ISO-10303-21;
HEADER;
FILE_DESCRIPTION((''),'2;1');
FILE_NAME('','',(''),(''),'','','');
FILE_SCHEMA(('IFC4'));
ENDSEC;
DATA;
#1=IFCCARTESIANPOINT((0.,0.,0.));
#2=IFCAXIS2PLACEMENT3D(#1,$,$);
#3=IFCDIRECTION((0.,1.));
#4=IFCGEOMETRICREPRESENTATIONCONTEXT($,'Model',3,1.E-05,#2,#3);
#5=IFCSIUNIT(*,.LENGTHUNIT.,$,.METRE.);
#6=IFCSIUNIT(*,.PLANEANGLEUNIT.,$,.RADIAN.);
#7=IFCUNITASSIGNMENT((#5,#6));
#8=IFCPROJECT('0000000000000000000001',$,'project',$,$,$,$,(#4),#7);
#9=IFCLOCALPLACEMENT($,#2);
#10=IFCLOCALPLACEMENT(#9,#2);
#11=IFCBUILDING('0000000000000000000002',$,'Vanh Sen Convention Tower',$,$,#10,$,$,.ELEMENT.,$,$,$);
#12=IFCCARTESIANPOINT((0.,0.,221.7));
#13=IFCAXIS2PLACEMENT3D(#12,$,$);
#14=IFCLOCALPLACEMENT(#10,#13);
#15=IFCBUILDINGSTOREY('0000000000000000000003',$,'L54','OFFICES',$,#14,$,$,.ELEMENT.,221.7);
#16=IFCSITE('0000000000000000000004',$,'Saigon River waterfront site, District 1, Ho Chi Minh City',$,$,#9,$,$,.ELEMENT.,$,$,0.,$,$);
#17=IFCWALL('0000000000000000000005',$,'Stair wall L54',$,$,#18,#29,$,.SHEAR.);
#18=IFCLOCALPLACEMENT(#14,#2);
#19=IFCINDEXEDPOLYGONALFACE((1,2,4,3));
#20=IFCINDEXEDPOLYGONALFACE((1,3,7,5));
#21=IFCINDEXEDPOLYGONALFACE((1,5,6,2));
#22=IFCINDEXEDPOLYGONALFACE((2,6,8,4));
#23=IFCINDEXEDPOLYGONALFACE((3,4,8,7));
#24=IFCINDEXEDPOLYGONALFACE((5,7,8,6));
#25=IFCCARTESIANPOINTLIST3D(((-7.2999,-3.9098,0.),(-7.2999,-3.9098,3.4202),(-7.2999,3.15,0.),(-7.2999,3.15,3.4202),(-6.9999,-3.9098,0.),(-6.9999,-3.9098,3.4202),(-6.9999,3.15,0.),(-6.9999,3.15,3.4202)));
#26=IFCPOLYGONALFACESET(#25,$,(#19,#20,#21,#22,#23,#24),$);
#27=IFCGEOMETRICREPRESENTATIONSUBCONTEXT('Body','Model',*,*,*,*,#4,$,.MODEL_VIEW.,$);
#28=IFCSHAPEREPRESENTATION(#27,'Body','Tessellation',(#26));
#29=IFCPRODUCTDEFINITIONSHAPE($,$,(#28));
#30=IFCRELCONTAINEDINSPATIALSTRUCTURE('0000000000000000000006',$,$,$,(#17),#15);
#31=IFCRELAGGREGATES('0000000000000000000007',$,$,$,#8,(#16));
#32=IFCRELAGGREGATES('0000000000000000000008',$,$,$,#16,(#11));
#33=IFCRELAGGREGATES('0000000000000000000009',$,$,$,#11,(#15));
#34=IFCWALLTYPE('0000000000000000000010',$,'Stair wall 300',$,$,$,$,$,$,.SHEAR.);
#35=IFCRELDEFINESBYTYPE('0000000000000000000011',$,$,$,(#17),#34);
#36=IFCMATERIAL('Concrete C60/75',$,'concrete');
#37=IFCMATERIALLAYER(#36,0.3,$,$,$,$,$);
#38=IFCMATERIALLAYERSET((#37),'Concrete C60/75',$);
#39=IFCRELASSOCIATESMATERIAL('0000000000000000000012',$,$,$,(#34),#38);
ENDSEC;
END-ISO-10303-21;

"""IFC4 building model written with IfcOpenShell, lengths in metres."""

from ifc_helpers import new_model, si_unit, direction, frame, frame_2d, origin, place, context, subcontext, project, spatial, rectangle, extrude, material, layer, layer_set, type_object, element, save


model = new_model("IFC4")

# Units and contexts
model_context = context("Model", 3, precision=1e-05, world=origin(), true_north=direction((0.0, 1.0)))
body_context = subcontext(model_context, "Body", "Model", "MODEL_VIEW")
ifc_project = project(units=[si_unit("LENGTHUNIT", "METRE"), si_unit("PLANEANGLEUNIT", "RADIAN")], contexts=[model_context])

# Site, building, storey
site_placement = place(None, origin())
site = spatial("IfcSite", under=ifc_project, at=site_placement, Name="Saigon River waterfront site, District 1, Ho Chi Minh City", CompositionType="ELEMENT", RefElevation=0.0)
building_placement = place(site_placement, origin())
building = spatial("IfcBuilding", under=site, at=building_placement, Name="Vanh Sen Convention Tower", CompositionType="ELEMENT")
storey_placement = place(building_placement, frame((0.0, 0.0, 221.7)))
storey = spatial("IfcBuildingStorey", under=building, at=storey_placement, Name="L54", Description="OFFICES", CompositionType="ELEMENT", Elevation=221.7)

# Shared definitions
ifc_material_1 = material(Name="Concrete C60/75", Category="concrete")

# Shared definitions
ifc_layer_1 = layer(ifc_material_1, 0.3)
ifc_layer_set_1 = layer_set([ifc_layer_1], Name="Concrete C60/75")
wall_type_1 = type_object("IfcWallType", Name="Stair wall 300", PredefinedType="SHEAR", material=ifc_layer_set_1)

# Wall
for number, where, z_axis, x_axis, name in (
    (1, (-7.1499, 3.1499, 0.0), (0.0, 0.0, 1.0), (0.0, -1.0, 0.0), "Stair wall L54"),
):
    element("IfcWall", number, at=place(storey_placement, frame(where, z_axis=z_axis, x_axis=x_axis)), inside=storey, type_object=wall_type_1, Name=name, PredefinedType="SHEAR", context=body_context, shape_type="SweptSolid", body=[
        extrude(rectangle(XDim=7.0598, YDim=0.3, at=frame_2d((3.5298, 0.0))), origin(), (0.0, 0.0, 1.0), 3.4202),
    ])

save(model, "model.ifc")
